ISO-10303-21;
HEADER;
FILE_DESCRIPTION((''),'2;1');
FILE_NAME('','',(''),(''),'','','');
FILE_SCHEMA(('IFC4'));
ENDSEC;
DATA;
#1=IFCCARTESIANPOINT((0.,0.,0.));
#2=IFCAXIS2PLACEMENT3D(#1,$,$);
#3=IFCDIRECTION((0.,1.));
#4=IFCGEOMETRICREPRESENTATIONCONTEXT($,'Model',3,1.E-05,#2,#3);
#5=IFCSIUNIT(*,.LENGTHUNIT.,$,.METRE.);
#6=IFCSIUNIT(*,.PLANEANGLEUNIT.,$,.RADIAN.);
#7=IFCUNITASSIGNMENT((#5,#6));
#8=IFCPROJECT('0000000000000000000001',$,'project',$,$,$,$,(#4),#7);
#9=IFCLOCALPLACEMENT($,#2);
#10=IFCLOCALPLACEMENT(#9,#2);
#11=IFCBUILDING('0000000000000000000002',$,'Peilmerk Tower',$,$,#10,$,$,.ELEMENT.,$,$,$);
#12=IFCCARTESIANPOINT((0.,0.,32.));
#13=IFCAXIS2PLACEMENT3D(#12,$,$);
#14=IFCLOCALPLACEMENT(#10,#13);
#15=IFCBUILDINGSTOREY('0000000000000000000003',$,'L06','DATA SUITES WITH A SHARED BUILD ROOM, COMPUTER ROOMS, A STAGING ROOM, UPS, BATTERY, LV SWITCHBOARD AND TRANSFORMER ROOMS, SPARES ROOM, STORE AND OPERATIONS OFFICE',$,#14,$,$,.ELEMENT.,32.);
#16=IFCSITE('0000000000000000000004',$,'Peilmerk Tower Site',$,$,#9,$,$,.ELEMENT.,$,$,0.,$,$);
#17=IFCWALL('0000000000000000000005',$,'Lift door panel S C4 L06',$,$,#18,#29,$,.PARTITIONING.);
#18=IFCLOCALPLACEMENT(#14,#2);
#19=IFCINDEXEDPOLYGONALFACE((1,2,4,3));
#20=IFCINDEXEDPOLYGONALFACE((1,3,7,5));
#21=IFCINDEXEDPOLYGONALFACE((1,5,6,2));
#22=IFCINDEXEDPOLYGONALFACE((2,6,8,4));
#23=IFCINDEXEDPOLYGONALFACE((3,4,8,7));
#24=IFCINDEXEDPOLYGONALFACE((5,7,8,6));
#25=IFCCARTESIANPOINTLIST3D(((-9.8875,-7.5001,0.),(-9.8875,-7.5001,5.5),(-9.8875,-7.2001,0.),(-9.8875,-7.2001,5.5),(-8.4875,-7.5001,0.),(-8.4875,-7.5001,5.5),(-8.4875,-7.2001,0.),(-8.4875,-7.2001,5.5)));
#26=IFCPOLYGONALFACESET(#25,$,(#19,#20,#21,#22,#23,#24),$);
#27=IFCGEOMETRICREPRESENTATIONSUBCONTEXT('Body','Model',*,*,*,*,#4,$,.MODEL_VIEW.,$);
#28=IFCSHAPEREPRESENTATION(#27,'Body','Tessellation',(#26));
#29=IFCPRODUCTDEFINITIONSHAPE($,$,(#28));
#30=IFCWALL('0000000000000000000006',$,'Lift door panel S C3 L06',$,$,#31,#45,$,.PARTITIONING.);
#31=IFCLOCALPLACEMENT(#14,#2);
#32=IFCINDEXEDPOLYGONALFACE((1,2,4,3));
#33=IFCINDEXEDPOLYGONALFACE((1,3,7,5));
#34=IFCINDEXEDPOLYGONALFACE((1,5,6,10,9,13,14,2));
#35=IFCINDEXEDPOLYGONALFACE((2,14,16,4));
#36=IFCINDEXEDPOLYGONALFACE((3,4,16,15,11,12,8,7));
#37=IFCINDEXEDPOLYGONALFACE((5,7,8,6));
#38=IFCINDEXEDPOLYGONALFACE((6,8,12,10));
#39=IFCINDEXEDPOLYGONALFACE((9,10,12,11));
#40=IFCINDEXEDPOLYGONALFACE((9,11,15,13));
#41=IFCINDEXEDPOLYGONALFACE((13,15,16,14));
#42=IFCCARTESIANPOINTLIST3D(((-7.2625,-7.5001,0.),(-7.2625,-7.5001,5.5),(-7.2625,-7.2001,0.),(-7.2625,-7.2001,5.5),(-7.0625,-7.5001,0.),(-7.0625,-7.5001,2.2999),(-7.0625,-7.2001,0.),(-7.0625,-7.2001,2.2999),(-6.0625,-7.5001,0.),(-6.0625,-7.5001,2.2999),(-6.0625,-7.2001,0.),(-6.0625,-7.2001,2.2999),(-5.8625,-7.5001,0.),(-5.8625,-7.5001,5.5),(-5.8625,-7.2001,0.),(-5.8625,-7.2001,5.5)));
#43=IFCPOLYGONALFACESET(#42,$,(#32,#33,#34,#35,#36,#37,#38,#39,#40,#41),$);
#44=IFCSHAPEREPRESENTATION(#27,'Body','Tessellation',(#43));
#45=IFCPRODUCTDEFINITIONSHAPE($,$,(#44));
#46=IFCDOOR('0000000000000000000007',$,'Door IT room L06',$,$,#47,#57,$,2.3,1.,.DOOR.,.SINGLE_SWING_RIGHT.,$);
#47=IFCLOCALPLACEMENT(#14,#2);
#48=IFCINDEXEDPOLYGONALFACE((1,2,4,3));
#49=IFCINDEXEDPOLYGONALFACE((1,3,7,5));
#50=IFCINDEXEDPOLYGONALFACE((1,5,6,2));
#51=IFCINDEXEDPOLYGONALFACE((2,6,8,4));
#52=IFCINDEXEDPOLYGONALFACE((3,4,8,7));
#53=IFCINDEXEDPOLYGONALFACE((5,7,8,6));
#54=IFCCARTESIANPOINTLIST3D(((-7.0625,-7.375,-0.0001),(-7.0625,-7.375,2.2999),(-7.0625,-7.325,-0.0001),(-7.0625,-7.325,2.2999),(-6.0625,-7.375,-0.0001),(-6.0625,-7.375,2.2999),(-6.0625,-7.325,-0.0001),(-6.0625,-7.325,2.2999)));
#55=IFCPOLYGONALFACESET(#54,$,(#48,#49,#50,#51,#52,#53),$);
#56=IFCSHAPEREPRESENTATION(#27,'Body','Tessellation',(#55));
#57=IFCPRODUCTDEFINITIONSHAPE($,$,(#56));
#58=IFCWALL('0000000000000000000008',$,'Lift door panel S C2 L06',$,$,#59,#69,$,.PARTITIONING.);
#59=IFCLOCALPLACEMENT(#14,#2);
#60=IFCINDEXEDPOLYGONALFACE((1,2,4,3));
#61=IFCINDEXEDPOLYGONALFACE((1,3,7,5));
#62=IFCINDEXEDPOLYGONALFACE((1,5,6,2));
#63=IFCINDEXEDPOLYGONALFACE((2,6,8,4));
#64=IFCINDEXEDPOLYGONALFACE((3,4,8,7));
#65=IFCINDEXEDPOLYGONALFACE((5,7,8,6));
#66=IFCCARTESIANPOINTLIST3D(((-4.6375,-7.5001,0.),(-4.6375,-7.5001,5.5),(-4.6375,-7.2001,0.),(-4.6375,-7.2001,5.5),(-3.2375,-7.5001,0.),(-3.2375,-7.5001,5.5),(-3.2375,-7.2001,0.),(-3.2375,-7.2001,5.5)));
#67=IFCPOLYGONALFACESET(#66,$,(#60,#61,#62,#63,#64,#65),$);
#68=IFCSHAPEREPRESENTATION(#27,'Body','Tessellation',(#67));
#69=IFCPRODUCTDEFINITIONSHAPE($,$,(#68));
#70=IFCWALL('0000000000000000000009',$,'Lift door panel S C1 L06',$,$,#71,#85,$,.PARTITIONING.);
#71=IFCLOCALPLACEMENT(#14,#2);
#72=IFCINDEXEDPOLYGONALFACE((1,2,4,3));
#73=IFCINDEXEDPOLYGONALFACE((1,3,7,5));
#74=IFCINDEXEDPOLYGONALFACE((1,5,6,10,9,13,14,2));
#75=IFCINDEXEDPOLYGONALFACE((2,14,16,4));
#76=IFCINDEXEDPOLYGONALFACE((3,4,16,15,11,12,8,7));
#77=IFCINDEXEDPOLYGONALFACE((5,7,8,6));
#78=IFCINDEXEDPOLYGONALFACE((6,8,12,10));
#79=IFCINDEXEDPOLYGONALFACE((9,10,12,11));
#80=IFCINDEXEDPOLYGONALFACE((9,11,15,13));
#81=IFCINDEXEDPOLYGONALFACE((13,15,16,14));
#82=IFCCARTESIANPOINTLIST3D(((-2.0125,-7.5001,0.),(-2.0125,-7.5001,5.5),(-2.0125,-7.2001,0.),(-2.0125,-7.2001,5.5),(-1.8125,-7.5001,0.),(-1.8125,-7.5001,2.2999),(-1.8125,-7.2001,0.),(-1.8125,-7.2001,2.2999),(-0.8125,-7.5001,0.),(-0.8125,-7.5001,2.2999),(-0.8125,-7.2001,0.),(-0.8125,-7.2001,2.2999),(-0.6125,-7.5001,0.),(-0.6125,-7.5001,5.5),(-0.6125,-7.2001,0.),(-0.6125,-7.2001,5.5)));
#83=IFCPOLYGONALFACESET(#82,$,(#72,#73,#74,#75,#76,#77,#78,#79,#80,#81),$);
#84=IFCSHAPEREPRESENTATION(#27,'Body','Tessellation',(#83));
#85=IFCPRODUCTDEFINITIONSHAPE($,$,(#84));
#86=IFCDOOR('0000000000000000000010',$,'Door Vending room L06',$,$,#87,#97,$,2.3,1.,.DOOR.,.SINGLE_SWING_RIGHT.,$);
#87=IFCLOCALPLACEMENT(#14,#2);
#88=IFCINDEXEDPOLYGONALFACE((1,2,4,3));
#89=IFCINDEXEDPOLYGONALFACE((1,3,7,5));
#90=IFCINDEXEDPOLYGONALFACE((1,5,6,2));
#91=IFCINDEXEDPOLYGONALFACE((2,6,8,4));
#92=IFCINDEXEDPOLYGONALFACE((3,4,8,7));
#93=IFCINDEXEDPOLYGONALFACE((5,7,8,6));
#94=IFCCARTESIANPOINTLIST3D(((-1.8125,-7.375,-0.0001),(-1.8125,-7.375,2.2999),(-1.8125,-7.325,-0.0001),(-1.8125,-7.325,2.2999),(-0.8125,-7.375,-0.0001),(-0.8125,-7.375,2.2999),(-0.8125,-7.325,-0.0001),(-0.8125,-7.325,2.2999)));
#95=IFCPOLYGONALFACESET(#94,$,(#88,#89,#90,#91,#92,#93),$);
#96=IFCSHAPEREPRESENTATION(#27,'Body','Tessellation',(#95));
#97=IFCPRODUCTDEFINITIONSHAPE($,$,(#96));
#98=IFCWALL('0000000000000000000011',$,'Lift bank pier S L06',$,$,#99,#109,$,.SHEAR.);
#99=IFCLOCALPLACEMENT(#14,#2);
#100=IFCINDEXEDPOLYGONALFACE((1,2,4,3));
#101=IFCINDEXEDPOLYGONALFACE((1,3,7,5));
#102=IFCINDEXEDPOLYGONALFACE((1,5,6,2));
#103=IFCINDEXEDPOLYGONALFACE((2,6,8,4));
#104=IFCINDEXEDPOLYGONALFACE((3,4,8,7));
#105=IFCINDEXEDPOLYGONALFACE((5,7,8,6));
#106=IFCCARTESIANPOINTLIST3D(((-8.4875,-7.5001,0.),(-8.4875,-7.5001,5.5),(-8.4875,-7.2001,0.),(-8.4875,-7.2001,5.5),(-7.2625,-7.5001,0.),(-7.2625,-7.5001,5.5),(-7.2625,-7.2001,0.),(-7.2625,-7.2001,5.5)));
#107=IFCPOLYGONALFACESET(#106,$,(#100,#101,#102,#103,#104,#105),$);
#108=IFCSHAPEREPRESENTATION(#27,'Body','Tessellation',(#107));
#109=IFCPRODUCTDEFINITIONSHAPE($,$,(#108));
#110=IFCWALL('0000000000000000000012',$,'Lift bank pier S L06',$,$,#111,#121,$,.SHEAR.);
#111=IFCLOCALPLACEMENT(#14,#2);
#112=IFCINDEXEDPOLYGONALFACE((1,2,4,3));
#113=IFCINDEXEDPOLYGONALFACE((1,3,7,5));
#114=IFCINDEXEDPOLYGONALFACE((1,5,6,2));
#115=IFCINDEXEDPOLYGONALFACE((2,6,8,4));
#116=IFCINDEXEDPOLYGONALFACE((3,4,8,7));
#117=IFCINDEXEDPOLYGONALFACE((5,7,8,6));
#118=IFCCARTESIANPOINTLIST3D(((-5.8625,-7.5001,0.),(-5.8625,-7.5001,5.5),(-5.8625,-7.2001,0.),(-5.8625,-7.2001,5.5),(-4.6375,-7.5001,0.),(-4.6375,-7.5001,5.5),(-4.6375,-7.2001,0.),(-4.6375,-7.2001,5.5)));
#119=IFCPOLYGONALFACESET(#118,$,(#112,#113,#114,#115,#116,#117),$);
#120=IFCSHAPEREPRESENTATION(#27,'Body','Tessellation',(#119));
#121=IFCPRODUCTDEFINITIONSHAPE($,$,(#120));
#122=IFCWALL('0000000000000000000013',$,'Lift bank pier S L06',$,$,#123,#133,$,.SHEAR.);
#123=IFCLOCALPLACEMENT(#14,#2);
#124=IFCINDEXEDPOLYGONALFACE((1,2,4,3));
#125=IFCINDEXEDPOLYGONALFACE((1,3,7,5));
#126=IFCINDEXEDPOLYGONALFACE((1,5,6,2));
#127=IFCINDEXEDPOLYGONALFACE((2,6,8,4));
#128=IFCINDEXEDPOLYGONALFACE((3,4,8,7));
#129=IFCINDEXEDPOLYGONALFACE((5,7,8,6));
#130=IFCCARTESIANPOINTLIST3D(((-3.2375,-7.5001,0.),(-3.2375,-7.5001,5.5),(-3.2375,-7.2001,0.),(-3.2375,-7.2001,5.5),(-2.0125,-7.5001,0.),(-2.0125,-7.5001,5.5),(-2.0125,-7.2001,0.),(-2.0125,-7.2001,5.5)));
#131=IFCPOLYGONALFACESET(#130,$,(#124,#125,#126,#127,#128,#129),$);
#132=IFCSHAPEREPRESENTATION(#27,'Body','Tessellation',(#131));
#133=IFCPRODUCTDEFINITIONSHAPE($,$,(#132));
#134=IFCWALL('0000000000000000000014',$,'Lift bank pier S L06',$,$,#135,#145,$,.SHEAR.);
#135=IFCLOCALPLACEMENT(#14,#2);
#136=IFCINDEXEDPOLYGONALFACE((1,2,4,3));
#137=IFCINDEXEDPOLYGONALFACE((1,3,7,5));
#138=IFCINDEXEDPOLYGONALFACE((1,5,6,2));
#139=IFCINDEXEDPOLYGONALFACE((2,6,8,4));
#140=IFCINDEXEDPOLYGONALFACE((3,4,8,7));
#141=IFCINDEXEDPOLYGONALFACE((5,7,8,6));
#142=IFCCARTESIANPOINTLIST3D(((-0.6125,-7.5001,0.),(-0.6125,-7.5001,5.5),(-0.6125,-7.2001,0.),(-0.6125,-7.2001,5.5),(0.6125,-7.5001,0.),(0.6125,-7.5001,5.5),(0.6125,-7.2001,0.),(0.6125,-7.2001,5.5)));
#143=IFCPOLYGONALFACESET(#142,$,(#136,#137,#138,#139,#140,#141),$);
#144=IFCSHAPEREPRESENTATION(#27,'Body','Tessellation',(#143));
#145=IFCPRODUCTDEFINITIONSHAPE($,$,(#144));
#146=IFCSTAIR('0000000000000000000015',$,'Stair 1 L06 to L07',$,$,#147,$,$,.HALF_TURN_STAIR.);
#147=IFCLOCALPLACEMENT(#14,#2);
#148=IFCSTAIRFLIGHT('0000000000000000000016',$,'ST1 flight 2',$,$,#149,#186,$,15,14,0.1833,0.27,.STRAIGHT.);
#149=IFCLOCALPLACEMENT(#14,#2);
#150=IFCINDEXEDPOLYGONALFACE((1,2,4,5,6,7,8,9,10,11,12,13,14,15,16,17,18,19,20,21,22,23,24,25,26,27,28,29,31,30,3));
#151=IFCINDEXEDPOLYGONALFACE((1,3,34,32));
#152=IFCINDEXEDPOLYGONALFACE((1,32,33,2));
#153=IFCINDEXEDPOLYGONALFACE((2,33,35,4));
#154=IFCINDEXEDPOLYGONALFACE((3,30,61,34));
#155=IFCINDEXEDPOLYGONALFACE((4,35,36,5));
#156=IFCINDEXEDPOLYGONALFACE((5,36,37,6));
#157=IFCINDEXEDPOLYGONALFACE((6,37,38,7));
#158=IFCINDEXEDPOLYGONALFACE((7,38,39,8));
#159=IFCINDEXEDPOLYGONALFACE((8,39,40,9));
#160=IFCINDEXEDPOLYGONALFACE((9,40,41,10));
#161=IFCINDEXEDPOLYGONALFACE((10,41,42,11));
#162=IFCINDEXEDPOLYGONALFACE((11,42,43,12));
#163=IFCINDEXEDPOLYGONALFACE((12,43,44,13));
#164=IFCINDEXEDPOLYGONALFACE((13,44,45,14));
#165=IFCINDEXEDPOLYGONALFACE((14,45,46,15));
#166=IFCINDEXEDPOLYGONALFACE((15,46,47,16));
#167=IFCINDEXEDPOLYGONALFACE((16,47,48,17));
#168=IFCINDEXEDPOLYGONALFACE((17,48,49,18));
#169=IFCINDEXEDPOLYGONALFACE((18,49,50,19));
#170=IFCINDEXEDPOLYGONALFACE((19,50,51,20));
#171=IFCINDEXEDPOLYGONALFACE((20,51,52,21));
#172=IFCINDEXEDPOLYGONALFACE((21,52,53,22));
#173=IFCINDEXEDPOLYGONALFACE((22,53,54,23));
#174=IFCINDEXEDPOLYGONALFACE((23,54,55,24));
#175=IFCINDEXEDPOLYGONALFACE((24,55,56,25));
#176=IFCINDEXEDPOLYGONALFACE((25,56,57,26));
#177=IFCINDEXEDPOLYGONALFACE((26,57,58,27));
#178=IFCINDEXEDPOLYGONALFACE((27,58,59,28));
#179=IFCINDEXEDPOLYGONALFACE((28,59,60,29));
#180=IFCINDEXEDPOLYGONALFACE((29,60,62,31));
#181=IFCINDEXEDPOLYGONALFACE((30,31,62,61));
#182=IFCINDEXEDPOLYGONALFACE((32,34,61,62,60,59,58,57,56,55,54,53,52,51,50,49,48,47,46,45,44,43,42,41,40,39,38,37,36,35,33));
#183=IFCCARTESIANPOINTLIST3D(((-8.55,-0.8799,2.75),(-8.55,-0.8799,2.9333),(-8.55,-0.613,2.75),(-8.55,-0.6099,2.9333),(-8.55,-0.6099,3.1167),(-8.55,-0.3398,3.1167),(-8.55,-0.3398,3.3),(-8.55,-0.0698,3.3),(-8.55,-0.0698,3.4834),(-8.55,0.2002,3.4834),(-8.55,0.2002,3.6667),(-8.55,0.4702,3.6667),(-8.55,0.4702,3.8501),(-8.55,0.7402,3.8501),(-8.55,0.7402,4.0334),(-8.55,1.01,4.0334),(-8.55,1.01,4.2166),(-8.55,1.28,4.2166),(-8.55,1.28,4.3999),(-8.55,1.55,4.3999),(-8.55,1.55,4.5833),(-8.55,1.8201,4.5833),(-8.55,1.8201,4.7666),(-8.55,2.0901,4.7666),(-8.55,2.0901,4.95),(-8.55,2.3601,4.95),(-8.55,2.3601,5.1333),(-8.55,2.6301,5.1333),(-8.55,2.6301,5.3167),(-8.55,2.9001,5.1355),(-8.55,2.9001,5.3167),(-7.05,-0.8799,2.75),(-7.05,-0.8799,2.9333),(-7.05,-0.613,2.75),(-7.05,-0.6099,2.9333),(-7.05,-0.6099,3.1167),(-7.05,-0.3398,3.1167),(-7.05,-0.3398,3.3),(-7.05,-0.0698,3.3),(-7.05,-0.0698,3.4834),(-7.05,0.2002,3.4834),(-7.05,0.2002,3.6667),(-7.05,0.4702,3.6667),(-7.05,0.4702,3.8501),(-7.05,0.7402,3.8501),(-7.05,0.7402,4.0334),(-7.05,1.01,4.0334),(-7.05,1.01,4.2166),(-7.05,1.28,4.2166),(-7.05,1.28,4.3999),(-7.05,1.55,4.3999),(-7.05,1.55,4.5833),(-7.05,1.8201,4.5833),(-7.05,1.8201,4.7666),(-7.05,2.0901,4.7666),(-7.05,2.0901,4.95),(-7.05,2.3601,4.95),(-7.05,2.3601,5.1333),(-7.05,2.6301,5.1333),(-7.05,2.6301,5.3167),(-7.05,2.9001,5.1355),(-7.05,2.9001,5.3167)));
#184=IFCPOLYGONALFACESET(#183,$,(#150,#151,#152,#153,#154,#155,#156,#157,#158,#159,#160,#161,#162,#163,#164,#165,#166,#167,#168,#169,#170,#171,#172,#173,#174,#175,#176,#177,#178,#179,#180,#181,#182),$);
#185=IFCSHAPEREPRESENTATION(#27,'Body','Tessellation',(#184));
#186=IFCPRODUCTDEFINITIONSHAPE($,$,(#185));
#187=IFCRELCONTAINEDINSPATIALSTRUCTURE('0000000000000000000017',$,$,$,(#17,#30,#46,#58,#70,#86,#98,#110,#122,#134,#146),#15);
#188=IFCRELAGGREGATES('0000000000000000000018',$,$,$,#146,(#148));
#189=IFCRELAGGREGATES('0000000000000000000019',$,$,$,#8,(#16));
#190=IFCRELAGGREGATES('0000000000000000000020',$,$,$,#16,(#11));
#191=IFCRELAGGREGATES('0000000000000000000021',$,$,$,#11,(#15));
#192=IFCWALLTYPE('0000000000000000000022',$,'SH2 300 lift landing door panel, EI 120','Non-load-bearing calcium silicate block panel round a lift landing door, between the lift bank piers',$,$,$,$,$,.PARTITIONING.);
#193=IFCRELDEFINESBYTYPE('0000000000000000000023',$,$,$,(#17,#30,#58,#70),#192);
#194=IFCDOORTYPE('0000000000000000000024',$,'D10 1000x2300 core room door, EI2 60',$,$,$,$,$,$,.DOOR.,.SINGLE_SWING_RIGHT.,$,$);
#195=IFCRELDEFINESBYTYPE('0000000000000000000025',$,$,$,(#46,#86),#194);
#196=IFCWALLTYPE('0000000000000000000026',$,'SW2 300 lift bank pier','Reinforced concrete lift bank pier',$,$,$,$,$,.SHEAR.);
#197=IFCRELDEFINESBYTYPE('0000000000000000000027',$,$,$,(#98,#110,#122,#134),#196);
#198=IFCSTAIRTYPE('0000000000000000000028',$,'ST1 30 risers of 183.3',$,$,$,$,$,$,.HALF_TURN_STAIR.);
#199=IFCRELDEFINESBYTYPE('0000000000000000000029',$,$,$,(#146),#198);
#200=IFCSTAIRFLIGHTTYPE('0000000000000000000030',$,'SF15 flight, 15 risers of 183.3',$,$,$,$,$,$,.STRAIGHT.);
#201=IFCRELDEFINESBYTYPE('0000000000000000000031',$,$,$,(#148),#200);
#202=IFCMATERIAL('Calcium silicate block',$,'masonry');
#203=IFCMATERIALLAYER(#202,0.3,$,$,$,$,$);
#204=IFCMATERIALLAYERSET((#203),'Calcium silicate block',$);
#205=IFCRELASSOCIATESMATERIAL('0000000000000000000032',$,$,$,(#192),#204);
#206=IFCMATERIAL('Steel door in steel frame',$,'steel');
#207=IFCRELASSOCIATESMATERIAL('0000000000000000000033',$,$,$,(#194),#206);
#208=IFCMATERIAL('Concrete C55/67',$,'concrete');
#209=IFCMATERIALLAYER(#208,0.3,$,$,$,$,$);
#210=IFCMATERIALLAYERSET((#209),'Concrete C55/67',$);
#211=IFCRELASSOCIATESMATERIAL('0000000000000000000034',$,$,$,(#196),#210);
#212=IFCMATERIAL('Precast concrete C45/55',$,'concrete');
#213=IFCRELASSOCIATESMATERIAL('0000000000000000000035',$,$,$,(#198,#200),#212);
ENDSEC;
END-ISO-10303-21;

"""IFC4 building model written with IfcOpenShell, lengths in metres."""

from ifc_helpers import new_model, si_unit, direction, frame, frame_2d, origin, place, context, subcontext, project, spatial, polyline, rectangle, outline, extrude, material, layer, layer_set, type_object, element, fill, aggregate, save


model = new_model("IFC4")

# Units and contexts
model_context = context("Model", 3, precision=1e-05, world=origin(), true_north=direction((0.0, 1.0)))
body_context = subcontext(model_context, "Body", "Model", "MODEL_VIEW")
ifc_project = project(units=[si_unit("LENGTHUNIT", "METRE"), si_unit("PLANEANGLEUNIT", "RADIAN")], contexts=[model_context])

# Site, building, storey
site_placement = place(None, origin())
site = spatial("IfcSite", under=ifc_project, at=site_placement, Name="Peilmerk Tower Site", CompositionType="ELEMENT", RefElevation=0.0)
building_placement = place(site_placement, origin())
building = spatial("IfcBuilding", under=site, at=building_placement, Name="Peilmerk Tower", CompositionType="ELEMENT")
storey_placement = place(building_placement, frame((0.0, 0.0, 32.0)))
storey = spatial("IfcBuildingStorey", under=building, at=storey_placement, Name="L06", Description="DATA SUITES WITH A SHARED BUILD ROOM, COMPUTER ROOMS, A STAGING ROOM, UPS, BATTERY, LV SWITCHBOARD AND TRANSFORMER ROOMS, SPARES ROOM, STORE AND OPERATIONS OFFICE", CompositionType="ELEMENT", Elevation=32.0)

# Wall
ifc_material_1 = material(Name="Calcium silicate block", Category="masonry")
ifc_layer_1 = layer(ifc_material_1, 0.3)
ifc_layer_set_1 = layer_set([ifc_layer_1], Name="Calcium silicate block")
wall_type_1 = type_object("IfcWallType", Name="SH2 300 lift landing door panel, EI 120", Description="Non-load-bearing calcium silicate block panel round a lift landing door, between the lift bank piers", PredefinedType="PARTITIONING", material=ifc_layer_set_1)
wall_1_placement = place(storey_placement, frame((-9.8875, -7.3501, 0.0), z_axis=(0.0, 0.0, 1.0), x_axis=(1.0, 0.0, 0.0)))
element("IfcWall", 1, at=wall_1_placement, inside=storey, type_object=wall_type_1, Name="Lift door panel S C4 L06", PredefinedType="PARTITIONING", context=body_context, shape_type="SweptSolid", body=[
    extrude(rectangle(XDim=1.3999, YDim=0.3, at=frame_2d((0.7, 0.0))), origin(), (0.0, 0.0, 1.0), 5.5),
])

# Wall, opening, door
wall_2_placement = place(storey_placement, frame((-7.2625, -7.3501, 0.0), z_axis=(0.0, 0.0, 1.0), x_axis=(1.0, 0.0, 0.0)))
wall_2 = element("IfcWall", 2, at=wall_2_placement, inside=storey, type_object=wall_type_1, Name="Lift door panel S C3 L06", PredefinedType="PARTITIONING", context=body_context, shape_type="SweptSolid", body=[
    extrude(rectangle(XDim=1.3999, YDim=0.3, at=frame_2d((0.7, 0.0))), origin(), (0.0, 0.0, 1.0), 5.5),
])
opening_1_placement = place(wall_2_placement, frame((0.2, 0.0, 0.0)))
opening_1 = element("IfcOpeningElement", 3, at=opening_1_placement, cuts=wall_2, PredefinedType="OPENING", context=body_context, shape_type="SweptSolid", body=[
    extrude(rectangle(XDim=1.0, YDim=2.3, at=frame_2d((0.5, 1.1499))), frame((0.0, 0.1599, 0.0), z_axis=(0.0, -1.0, 0.0), x_axis=(1.0, 0.0, 0.0)), (0.0, 0.0, 1.0), 0.3201),
])
ifc_material_2 = material(Name="Steel door in steel frame", Category="steel")
door_type = type_object("IfcDoorType", Name="D10 1000x2300 core room door, EI2 60", OperationType="SINGLE_SWING_RIGHT", PredefinedType="DOOR", material=ifc_material_2)
door_1_placement = place(opening_1_placement, frame((1.0, 0.0, 0.0), z_axis=(0.0, 0.0, 1.0), x_axis=(-1.0, 0.0, 0.0)))
door_1 = element("IfcDoor", 4, at=door_1_placement, inside=storey, type_object=door_type, Name="Door IT room L06", OperationType="SINGLE_SWING_RIGHT", OverallHeight=2.3, OverallWidth=1.0, PredefinedType="DOOR", context=body_context, shape_type="SweptSolid", body=[
    extrude(rectangle(XDim=1.0, YDim=2.3, at=frame_2d((0.5, 1.1499))), frame((0.0, 0.0249, 0.0), z_axis=(0.0, -1.0, 0.0), x_axis=(1.0, 0.0, 0.0)), (0.0, 0.0, 1.0), 0.05),
])
fill(opening_1, door_1)

# Wall
wall_3_placement = place(storey_placement, frame((-4.6375, -7.3501, 0.0), z_axis=(0.0, 0.0, 1.0), x_axis=(1.0, 0.0, 0.0)))
element("IfcWall", 5, at=wall_3_placement, inside=storey, type_object=wall_type_1, Name="Lift door panel S C2 L06", PredefinedType="PARTITIONING", context=body_context, shape_type="SweptSolid", body=[
    extrude(rectangle(XDim=1.3999, YDim=0.3, at=frame_2d((0.7, 0.0))), origin(), (0.0, 0.0, 1.0), 5.5),
])

# Wall, opening, door
wall_4_placement = place(storey_placement, frame((-2.0125, -7.3501, 0.0), z_axis=(0.0, 0.0, 1.0), x_axis=(1.0, 0.0, 0.0)))
wall_4 = element("IfcWall", 6, at=wall_4_placement, inside=storey, type_object=wall_type_1, Name="Lift door panel S C1 L06", PredefinedType="PARTITIONING", context=body_context, shape_type="SweptSolid", body=[
    extrude(rectangle(XDim=1.3999, YDim=0.3, at=frame_2d((0.7, 0.0))), origin(), (0.0, 0.0, 1.0), 5.5),
])
opening_2_placement = place(wall_4_placement, frame((0.2, 0.0, 0.0)))
opening_2 = element("IfcOpeningElement", 7, at=opening_2_placement, cuts=wall_4, PredefinedType="OPENING", context=body_context, shape_type="SweptSolid", body=[
    extrude(rectangle(XDim=1.0, YDim=2.3, at=frame_2d((0.5, 1.1499))), frame((0.0, 0.1599, 0.0), z_axis=(0.0, -1.0, 0.0), x_axis=(1.0, 0.0, 0.0)), (0.0, 0.0, 1.0), 0.3201),
])
door_2_placement = place(opening_2_placement, frame((1.0, 0.0, 0.0), z_axis=(0.0, 0.0, 1.0), x_axis=(-1.0, 0.0, 0.0)))
door_2 = element("IfcDoor", 8, at=door_2_placement, inside=storey, type_object=door_type, Name="Door Vending room L06", OperationType="SINGLE_SWING_RIGHT", OverallHeight=2.3, OverallWidth=1.0, PredefinedType="DOOR", context=body_context, shape_type="SweptSolid", body=[
    extrude(rectangle(XDim=1.0, YDim=2.3, at=frame_2d((0.5, 1.1499))), frame((0.0, 0.0249, 0.0), z_axis=(0.0, -1.0, 0.0), x_axis=(1.0, 0.0, 0.0)), (0.0, 0.0, 1.0), 0.05),
])
fill(opening_2, door_2)

# Walls
ifc_material_3 = material(Name="Concrete C55/67", Category="concrete")
ifc_layer_2 = layer(ifc_material_3, 0.3)
ifc_layer_set_2 = layer_set([ifc_layer_2], Name="Concrete C55/67")
wall_type_2 = type_object("IfcWallType", Name="SW2 300 lift bank pier", Description="Reinforced concrete lift bank pier", PredefinedType="SHEAR", material=ifc_layer_set_2)
for number, where, z_axis, x_axis, name in (
    (9, (-8.4875, -7.3501, 0.0), (0.0, 0.0, 1.0), (1.0, 0.0, 0.0), "Lift bank pier S L06"),
    (10, (-5.8625, -7.3501, 0.0), (0.0, 0.0, 1.0), (1.0, 0.0, 0.0), "Lift bank pier S L06"),
    (11, (-3.2375, -7.3501, 0.0), (0.0, 0.0, 1.0), (1.0, 0.0, 0.0), "Lift bank pier S L06"),
    (12, (-0.6125, -7.3501, 0.0), (0.0, 0.0, 1.0), (1.0, 0.0, 0.0), "Lift bank pier S L06"),
):
    element("IfcWall", number, at=place(storey_placement, frame(where, z_axis=z_axis, x_axis=x_axis)), inside=storey, type_object=wall_type_2, Name=name, PredefinedType="SHEAR", context=body_context, shape_type="SweptSolid", body=[
        extrude(rectangle(XDim=1.2251, YDim=0.3, at=frame_2d((0.6125, 0.0))), origin(), (0.0, 0.0, 1.0), 5.5),
    ])

# Stair, stair flight
ifc_material_4 = material(Name="Precast concrete C45/55", Category="concrete")
stair_type = type_object("IfcStairType", Name="ST1 30 risers of 183.3", PredefinedType="HALF_TURN_STAIR", material=ifc_material_4)
stair_placement = place(storey_placement, origin())
stair = element("IfcStair", 13, at=stair_placement, inside=storey, type_object=stair_type, Name="Stair 1 L06 to L07", PredefinedType="HALF_TURN_STAIR")
stair_flight_type = type_object("IfcStairFlightType", Name="SF15 flight, 15 risers of 183.3", PredefinedType="STRAIGHT", material=ifc_material_4)
stair_flight_placement = place(storey_placement, frame((-7.8, -0.8799, 2.75), z_axis=(0.0, 0.0, 1.0), x_axis=(0.0, 1.0, 0.0)))
stair_flight = element("IfcStairFlight", 14, at=stair_flight_placement, type_object=stair_flight_type, Name="ST1 flight 2", NumberOfRisers=15, NumberOfTreads=14, PredefinedType="STRAIGHT", RiserHeight=0.1833, TreadLength=0.27, context=body_context, shape_type="SweptSolid", body=[
    extrude(outline(polyline([(0.0, 0.0), (0.0, 0.1833), (0.27, 0.1833), (0.27, 0.3667), (0.54, 0.3667), (0.54, 0.55), (0.8101, 0.55), (0.8101, 0.7334), (1.0801, 0.7334), (1.0801, 0.9167), (1.3501, 0.9167), (1.3501, 1.1001), (1.6201, 1.1001), (1.6201, 1.2834), (1.8899, 1.2834), (1.8899, 1.4666), (2.1599, 1.4666), (2.1599, 1.6499), (2.4299, 1.6499), (2.4299, 1.8333), (2.7, 1.8333), (2.7, 2.0166), (2.97, 2.0166), (2.97, 2.2), (3.24, 2.2), (3.24, 2.3833), (3.51, 2.3833), (3.51, 2.5667), (3.78, 2.5667), (3.78, 2.75), (3.78, 2.3855), (0.2668, 0.0), (0.0, 0.0)])), frame((0.0, 0.75, 0.0), z_axis=(0.0, -1.0, 0.0), x_axis=(1.0, 0.0, 0.0)), (0.0, 0.0, 1.0), 1.5),
])
aggregate(stair, [stair_flight])

save(model, "model.ifc")
